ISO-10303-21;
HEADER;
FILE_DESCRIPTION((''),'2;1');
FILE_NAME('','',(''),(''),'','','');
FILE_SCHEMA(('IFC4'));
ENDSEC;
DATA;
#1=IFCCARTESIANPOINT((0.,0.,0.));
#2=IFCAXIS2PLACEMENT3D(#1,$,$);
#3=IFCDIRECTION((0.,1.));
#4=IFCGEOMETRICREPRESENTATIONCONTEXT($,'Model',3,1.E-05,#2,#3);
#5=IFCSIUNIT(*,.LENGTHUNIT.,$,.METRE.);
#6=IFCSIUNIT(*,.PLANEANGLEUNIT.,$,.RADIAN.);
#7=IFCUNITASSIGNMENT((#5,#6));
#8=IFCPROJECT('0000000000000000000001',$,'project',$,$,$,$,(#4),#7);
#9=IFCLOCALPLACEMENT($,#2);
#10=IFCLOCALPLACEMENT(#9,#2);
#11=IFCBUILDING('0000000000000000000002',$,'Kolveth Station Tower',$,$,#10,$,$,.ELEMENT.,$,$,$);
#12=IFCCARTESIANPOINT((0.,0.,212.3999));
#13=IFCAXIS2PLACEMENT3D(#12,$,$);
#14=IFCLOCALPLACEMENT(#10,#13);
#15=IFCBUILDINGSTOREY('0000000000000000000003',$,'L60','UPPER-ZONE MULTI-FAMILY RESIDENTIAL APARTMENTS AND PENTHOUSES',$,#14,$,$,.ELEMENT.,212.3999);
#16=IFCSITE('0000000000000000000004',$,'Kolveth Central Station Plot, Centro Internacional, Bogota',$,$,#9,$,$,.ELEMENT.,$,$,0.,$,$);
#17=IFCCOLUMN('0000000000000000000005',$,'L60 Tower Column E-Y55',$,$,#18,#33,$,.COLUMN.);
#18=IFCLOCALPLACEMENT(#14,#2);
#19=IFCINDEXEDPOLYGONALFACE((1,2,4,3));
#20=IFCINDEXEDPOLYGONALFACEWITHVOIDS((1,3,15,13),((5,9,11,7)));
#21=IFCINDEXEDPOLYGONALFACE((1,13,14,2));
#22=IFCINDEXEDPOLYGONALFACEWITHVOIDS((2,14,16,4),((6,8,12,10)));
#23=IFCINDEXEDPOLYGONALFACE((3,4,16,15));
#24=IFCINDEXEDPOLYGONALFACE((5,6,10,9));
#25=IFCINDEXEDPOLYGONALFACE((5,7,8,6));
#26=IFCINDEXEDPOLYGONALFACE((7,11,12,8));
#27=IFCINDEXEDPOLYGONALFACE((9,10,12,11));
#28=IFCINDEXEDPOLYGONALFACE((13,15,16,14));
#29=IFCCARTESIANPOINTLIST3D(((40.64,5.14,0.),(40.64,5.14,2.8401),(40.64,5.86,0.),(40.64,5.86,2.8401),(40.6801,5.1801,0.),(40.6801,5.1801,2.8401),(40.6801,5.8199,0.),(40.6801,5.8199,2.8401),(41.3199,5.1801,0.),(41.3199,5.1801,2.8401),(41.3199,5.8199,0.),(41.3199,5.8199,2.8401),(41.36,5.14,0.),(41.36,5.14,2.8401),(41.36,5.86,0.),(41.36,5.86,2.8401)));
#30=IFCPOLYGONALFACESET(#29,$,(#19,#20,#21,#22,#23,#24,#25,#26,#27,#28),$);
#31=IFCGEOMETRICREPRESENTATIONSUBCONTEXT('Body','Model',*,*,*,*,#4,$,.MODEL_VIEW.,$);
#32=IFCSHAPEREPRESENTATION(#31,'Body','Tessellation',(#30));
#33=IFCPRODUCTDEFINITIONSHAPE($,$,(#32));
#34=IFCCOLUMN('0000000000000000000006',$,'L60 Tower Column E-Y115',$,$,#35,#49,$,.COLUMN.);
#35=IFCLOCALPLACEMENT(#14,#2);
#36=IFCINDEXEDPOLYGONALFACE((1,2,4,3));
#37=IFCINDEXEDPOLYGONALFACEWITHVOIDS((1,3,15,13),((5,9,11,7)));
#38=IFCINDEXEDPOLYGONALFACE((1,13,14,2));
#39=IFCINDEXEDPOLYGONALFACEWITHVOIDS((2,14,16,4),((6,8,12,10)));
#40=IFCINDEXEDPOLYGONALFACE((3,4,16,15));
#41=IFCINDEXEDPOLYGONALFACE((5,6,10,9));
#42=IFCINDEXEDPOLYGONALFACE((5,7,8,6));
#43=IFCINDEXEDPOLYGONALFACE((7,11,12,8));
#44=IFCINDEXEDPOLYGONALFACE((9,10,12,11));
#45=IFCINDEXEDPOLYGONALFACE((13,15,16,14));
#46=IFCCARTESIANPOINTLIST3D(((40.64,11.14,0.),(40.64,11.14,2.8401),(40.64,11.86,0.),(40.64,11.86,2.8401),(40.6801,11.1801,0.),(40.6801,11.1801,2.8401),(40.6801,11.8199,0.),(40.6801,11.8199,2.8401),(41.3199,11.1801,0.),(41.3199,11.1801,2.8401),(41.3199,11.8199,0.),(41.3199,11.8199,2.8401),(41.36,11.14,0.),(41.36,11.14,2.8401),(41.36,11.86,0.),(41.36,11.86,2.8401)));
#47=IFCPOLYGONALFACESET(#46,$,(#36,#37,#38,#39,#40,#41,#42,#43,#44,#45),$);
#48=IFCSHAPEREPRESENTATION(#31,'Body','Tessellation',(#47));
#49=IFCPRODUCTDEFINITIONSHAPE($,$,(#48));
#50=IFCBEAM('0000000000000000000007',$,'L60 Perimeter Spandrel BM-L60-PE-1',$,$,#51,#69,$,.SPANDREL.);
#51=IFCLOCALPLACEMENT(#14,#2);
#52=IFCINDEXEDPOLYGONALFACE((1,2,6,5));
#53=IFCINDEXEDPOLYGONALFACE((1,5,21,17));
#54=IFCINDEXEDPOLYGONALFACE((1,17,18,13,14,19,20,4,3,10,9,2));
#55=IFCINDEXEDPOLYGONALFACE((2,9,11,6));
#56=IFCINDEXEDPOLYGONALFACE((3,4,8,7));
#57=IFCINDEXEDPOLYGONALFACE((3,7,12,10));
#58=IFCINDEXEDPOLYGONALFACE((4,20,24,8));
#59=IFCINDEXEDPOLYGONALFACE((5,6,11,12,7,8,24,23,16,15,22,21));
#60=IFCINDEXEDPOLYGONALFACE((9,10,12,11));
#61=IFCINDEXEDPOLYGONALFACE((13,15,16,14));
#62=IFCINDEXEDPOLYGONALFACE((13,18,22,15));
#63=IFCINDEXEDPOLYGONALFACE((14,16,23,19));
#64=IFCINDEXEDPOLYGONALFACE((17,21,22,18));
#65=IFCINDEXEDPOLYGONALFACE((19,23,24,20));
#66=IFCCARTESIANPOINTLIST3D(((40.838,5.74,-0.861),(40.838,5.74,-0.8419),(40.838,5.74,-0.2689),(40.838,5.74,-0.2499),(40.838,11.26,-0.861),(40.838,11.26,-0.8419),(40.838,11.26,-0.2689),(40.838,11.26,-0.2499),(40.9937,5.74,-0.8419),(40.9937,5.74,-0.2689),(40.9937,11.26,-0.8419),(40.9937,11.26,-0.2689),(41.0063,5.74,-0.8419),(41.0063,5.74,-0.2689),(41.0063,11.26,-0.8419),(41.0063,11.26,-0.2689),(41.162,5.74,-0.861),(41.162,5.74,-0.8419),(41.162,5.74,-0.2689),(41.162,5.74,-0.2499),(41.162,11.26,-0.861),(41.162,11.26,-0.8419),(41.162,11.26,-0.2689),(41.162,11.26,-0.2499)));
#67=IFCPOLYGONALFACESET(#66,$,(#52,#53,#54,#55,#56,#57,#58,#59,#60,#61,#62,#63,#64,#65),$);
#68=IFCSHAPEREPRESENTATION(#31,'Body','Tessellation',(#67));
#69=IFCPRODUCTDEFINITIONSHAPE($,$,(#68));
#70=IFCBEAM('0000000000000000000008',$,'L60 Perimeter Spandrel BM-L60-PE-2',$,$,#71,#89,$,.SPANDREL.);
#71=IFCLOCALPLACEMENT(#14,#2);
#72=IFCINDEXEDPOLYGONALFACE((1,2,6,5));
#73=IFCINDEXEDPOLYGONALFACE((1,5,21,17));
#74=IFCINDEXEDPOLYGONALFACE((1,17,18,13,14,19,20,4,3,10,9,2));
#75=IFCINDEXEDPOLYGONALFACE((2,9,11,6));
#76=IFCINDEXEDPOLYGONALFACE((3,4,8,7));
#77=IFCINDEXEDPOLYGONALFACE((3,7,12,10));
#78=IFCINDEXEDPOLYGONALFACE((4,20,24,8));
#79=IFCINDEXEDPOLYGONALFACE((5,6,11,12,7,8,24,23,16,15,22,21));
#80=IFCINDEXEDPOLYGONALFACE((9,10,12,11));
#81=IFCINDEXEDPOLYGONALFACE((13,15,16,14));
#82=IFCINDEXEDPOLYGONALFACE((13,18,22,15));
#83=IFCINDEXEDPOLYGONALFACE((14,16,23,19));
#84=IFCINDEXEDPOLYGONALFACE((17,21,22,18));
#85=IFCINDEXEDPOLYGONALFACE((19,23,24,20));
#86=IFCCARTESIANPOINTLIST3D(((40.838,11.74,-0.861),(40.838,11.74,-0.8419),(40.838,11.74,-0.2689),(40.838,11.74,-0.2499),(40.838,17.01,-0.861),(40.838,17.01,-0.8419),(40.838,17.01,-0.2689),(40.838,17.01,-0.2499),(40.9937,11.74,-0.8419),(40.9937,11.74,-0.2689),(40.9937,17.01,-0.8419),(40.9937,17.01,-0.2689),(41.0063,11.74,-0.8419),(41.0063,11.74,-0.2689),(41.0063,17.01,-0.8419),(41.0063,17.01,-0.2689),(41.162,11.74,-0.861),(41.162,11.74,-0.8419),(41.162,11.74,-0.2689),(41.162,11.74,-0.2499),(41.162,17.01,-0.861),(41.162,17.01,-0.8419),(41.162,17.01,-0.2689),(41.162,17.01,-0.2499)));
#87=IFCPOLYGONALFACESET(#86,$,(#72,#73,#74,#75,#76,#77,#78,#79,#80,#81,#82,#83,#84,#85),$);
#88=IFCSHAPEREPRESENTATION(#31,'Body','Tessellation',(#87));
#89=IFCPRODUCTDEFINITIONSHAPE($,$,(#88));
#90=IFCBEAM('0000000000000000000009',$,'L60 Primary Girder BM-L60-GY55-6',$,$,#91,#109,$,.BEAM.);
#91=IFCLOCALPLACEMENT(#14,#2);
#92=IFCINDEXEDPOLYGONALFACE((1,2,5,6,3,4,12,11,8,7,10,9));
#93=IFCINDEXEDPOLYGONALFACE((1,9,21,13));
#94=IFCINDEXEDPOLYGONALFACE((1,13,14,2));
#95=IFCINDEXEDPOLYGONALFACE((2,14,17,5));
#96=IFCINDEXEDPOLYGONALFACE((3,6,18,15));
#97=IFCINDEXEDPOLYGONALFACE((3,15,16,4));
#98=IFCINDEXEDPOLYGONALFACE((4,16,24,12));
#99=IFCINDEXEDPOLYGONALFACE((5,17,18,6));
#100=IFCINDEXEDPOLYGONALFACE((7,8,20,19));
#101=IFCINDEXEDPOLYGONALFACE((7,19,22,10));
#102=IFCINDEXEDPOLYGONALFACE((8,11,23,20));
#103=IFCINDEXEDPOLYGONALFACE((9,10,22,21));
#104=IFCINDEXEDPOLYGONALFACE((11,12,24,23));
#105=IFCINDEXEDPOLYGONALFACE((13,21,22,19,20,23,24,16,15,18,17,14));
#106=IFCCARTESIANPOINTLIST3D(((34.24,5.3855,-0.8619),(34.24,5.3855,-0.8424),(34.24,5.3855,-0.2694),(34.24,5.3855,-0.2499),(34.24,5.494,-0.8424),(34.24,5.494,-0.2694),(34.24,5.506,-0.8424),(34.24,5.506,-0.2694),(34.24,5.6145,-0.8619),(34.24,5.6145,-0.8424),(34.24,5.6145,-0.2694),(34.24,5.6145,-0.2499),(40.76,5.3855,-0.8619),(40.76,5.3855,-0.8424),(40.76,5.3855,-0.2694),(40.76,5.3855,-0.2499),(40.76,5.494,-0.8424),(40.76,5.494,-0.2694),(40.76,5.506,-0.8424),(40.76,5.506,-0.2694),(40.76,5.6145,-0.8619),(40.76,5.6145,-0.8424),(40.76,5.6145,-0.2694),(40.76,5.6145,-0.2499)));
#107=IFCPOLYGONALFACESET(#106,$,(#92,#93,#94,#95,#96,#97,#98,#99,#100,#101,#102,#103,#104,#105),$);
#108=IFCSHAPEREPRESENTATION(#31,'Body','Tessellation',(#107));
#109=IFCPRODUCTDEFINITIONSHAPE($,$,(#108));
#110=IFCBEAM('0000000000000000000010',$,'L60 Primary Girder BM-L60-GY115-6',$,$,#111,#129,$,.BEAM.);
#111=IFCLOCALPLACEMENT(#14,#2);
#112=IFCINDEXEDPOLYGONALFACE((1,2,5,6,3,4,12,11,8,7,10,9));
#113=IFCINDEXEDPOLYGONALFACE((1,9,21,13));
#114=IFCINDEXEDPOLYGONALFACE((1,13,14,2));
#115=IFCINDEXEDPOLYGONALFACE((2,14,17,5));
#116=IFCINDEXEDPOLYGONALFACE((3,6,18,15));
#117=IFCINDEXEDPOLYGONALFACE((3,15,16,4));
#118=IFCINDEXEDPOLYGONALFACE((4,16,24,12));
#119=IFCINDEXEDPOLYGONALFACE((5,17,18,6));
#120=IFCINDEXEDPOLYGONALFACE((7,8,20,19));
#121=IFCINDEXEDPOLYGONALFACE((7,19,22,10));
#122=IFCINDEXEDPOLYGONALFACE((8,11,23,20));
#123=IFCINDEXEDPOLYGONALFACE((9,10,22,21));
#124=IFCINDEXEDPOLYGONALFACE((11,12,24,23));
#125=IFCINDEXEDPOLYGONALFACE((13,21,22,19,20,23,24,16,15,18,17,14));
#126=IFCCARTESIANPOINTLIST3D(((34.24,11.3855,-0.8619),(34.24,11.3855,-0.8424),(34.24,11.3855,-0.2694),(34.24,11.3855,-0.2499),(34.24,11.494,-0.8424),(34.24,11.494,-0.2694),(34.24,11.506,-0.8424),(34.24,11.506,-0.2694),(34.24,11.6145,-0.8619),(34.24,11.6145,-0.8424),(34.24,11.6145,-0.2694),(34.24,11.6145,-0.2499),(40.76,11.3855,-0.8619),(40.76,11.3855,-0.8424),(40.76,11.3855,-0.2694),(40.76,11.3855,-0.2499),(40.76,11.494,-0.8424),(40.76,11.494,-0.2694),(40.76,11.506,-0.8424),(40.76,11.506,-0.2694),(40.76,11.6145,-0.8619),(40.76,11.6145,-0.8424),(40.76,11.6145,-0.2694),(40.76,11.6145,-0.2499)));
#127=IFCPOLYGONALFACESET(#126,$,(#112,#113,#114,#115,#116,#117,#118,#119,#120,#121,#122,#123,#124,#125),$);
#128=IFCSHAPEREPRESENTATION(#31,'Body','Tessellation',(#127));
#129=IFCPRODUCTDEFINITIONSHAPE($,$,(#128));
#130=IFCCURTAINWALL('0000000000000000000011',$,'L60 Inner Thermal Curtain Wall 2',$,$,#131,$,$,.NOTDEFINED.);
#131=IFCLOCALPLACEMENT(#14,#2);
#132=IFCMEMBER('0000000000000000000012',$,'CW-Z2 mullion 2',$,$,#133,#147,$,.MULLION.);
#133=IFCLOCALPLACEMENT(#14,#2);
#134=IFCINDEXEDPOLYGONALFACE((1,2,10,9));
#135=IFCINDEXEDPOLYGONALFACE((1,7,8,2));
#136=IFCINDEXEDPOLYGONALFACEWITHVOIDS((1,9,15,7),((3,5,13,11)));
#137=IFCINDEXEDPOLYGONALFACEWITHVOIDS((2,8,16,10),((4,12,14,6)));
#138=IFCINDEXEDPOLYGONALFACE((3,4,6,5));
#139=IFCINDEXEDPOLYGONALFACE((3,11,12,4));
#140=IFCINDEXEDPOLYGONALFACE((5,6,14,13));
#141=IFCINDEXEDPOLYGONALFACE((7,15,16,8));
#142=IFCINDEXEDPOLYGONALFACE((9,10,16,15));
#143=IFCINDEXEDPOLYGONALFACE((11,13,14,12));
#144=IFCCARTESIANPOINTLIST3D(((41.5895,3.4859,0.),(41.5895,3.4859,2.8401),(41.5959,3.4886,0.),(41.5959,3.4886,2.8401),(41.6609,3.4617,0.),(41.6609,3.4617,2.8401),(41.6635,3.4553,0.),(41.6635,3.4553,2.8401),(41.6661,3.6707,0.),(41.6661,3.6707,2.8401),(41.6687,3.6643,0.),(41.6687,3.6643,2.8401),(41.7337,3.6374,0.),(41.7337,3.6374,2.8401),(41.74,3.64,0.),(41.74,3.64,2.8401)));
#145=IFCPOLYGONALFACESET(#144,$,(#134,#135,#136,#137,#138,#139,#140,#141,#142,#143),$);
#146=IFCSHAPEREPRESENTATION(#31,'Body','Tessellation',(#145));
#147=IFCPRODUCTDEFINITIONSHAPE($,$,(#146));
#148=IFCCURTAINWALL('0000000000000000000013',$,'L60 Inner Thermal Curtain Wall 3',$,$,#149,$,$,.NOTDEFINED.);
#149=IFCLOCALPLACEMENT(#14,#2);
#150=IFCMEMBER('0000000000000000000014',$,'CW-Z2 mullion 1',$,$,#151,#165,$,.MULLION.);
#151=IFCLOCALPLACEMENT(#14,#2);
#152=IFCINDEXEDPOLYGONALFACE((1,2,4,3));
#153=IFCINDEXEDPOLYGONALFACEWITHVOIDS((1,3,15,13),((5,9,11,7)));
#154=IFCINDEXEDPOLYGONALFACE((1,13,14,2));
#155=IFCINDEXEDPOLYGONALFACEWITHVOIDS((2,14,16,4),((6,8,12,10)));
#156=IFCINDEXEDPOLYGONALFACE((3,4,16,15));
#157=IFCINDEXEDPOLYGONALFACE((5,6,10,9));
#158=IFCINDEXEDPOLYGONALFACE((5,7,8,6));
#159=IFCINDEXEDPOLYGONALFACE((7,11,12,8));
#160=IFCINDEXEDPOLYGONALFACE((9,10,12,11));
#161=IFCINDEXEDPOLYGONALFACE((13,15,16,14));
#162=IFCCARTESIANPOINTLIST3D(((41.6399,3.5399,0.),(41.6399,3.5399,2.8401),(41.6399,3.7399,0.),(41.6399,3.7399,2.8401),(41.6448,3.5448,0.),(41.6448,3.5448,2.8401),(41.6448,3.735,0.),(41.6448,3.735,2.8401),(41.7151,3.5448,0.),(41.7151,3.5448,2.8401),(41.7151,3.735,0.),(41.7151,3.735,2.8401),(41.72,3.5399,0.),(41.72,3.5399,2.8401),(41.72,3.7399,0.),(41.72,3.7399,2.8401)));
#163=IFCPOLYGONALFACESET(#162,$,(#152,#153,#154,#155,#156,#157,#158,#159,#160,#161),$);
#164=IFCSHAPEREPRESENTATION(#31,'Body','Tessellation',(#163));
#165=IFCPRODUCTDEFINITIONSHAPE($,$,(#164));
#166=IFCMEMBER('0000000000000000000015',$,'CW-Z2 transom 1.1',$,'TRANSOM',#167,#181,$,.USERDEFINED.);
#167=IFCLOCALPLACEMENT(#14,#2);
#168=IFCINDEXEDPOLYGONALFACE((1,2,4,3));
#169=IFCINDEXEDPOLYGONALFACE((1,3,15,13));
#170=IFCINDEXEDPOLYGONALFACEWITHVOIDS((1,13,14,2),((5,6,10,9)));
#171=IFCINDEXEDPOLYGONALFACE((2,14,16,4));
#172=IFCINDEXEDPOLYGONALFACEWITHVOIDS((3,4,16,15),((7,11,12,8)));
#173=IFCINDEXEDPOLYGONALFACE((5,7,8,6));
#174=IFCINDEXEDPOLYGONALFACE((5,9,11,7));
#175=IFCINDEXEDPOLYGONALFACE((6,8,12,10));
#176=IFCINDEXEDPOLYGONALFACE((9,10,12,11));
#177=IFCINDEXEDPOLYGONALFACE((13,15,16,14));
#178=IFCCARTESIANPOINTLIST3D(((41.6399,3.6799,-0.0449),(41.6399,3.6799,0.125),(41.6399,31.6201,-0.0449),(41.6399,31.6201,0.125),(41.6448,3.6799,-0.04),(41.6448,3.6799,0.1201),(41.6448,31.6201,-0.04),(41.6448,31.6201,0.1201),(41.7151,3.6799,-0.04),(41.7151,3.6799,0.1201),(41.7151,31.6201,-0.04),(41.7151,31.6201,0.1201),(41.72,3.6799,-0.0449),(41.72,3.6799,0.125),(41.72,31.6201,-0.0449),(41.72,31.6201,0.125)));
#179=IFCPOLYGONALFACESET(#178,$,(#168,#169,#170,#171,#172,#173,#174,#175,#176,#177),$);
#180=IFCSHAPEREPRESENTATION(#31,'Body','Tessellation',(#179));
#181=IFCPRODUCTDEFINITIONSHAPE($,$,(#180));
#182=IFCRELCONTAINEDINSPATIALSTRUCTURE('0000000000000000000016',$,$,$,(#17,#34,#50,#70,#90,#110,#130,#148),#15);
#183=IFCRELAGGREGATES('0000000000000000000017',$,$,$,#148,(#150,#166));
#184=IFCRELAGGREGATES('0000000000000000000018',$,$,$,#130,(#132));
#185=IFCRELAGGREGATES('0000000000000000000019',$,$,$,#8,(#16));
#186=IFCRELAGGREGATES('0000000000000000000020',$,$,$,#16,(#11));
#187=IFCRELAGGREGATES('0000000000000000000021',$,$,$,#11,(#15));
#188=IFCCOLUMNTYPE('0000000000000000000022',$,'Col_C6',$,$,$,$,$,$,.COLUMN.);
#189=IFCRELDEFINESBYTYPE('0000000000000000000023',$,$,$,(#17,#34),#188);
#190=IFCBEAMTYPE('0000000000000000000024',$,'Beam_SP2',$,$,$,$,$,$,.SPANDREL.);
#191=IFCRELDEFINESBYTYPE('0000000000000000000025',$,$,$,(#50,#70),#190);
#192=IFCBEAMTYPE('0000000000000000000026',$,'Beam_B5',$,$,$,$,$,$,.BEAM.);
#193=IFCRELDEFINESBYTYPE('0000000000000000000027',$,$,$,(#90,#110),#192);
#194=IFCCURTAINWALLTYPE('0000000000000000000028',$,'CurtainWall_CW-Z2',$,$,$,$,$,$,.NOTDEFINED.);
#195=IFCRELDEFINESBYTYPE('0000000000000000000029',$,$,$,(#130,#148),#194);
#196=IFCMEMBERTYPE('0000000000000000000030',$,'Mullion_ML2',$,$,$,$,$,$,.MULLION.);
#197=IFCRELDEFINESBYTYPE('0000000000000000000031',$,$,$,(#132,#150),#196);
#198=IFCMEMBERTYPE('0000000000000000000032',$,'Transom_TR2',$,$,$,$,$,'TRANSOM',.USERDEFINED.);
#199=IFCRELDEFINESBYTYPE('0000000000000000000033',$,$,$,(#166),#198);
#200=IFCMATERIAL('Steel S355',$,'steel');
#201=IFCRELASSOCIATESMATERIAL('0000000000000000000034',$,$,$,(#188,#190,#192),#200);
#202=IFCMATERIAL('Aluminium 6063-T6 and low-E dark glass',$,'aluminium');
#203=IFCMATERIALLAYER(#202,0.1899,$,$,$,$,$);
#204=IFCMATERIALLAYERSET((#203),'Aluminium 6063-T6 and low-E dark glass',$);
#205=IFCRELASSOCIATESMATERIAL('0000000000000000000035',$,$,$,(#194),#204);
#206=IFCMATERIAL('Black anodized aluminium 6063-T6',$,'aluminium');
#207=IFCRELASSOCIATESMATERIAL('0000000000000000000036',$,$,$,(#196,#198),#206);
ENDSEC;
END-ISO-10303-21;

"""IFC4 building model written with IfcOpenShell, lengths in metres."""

from ifc_helpers import new_model, si_unit, direction, frame, origin, origin_2d, place, context, subcontext, project, spatial, hollow_rectangle, i_section, extrude, source, transform, mapped, material, layer, layer_set, material_profile, profile_set, type_object, element, aggregate, save


model = new_model("IFC4")

# Units and contexts
model_context = context("Model", 3, precision=1e-05, world=origin(), true_north=direction((0.0, 1.0)))
body_context = subcontext(model_context, "Body", "Model", "MODEL_VIEW")
ifc_project = project(units=[si_unit("LENGTHUNIT", "METRE"), si_unit("PLANEANGLEUNIT", "RADIAN")], contexts=[model_context])

# Site, building, storey
site_placement = place(None, origin())
site = spatial("IfcSite", under=ifc_project, at=site_placement, Name="Kolveth Central Station Plot, Centro Internacional, Bogota", CompositionType="ELEMENT", RefElevation=0.0)
building_placement = place(site_placement, origin())
building = spatial("IfcBuilding", under=site, at=building_placement, Name="Kolveth Station Tower", CompositionType="ELEMENT")
storey_placement = place(building_placement, frame((0.0, 0.0, 212.3999)))
storey = spatial("IfcBuildingStorey", under=building, at=storey_placement, Name="L60", Description="UPPER-ZONE MULTI-FAMILY RESIDENTIAL APARTMENTS AND PENTHOUSES", CompositionType="ELEMENT", Elevation=212.3999)

# Columns
ifc_material_1 = material(Name="Steel S355", Category="steel")
ifc_material_profile_1 = material_profile(ifc_material_1, hollow_rectangle(XDim=0.72, YDim=0.72, WallThickness=0.04, at=origin_2d()), Name="BOX720x720x40")
ifc_profile_set_1 = profile_set([ifc_material_profile_1], Name="Steel S355")
column_type = type_object("IfcColumnType", Name="Col_C6", PredefinedType="COLUMN", material=ifc_profile_set_1)
shared_shape_1 = source(origin(), body_context, "Body", "SweptSolid", [
    extrude(hollow_rectangle(XDim=0.72, YDim=0.72, WallThickness=0.04, at=origin_2d()), origin(), (0.0, 0.0, 1.0), 2.8401),
])
for number, where, z_axis, x_axis, name in (
    (1, (41.0, 5.5, 0.0), (0.0, 0.0, 1.0), (1.0, 0.0, 0.0), "L60 Tower Column E-Y55"),
    (2, (41.0, 11.5, 0.0), (0.0, 0.0, 1.0), (1.0, 0.0, 0.0), "L60 Tower Column E-Y115"),
):
    element("IfcColumn", number, at=place(storey_placement, frame(where, z_axis=z_axis, x_axis=x_axis)), inside=storey, type_object=column_type, Name=name, PredefinedType="COLUMN", context=body_context, shape_type="MappedRepresentation", body=[
        mapped(shared_shape_1, transform((0.0, 0.0, 0.0), x_axis=(1.0, 0.0, 0.0), y_axis=(0.0, 1.0, 0.0), z_axis=(0.0, 0.0, 1.0), scale=1.0)),
    ])

# Beams
ifc_material_profile_2 = material_profile(ifc_material_1, i_section(OverallWidth=0.324, OverallDepth=0.6111, WebThickness=0.0127, FlangeThickness=0.019, at=origin_2d()), Name="W610x155")
ifc_profile_set_2 = profile_set([ifc_material_profile_2], Name="Steel S355")
beam_type_1 = type_object("IfcBeamType", Name="Beam_SP2", PredefinedType="SPANDREL", material=ifc_profile_set_2)
shared_shape_2 = source(origin(), body_context, "Body", "SweptSolid", [
    extrude(i_section(OverallWidth=0.324, OverallDepth=0.6111, WebThickness=0.0127, FlangeThickness=0.019, at=origin_2d()), origin(), (0.0, 0.0, 1.0), 5.52),
])
beam_1_placement = place(storey_placement, frame((41.0, 5.74, -0.5554), z_axis=(0.0, 1.0, 0.0), x_axis=(-1.0, 0.0, 0.0)))
element("IfcBeam", 3, at=beam_1_placement, inside=storey, type_object=beam_type_1, Name="L60 Perimeter Spandrel BM-L60-PE-1", PredefinedType="SPANDREL", context=body_context, shape_type="MappedRepresentation", body=[
    mapped(shared_shape_2, transform((0.0, 0.0, 0.0), x_axis=(1.0, 0.0, 0.0), y_axis=(0.0, 1.0, 0.0), z_axis=(0.0, 0.0, 1.0), scale=1.0)),
])
shared_shape_3 = source(origin(), body_context, "Body", "SweptSolid", [
    extrude(i_section(OverallWidth=0.324, OverallDepth=0.6111, WebThickness=0.0127, FlangeThickness=0.019, at=origin_2d()), origin(), (0.0, 0.0, 1.0), 5.27),
])
beam_2_placement = place(storey_placement, frame((41.0, 11.74, -0.5554), z_axis=(0.0, 1.0, 0.0), x_axis=(-1.0, 0.0, 0.0)))
element("IfcBeam", 4, at=beam_2_placement, inside=storey, type_object=beam_type_1, Name="L60 Perimeter Spandrel BM-L60-PE-2", PredefinedType="SPANDREL", context=body_context, shape_type="MappedRepresentation", body=[
    mapped(shared_shape_3, transform((0.0, 0.0, 0.0), x_axis=(1.0, 0.0, 0.0), y_axis=(0.0, 1.0, 0.0), z_axis=(0.0, 0.0, 1.0), scale=1.0)),
])
ifc_material_profile_3 = material_profile(ifc_material_1, i_section(OverallWidth=0.229, OverallDepth=0.6121, WebThickness=0.012, FlangeThickness=0.0195, at=origin_2d()), Name="W610x125")
ifc_profile_set_3 = profile_set([ifc_material_profile_3], Name="Steel S355")
beam_type_2 = type_object("IfcBeamType", Name="Beam_B5", PredefinedType="BEAM", material=ifc_profile_set_3)
shared_shape_4 = source(origin(), body_context, "Body", "SweptSolid", [
    extrude(i_section(OverallWidth=0.229, OverallDepth=0.6121, WebThickness=0.012, FlangeThickness=0.0195, at=origin_2d()), origin(), (0.0, 0.0, 1.0), 6.52),
])
for number, where, z_axis, x_axis, name in (
    (5, (34.24, 5.5, -0.5559), (1.0, 0.0, 0.0), (0.0, 1.0, 0.0), "L60 Primary Girder BM-L60-GY55-6"),
    (6, (34.24, 11.5, -0.5559), (1.0, 0.0, 0.0), (0.0, 1.0, 0.0), "L60 Primary Girder BM-L60-GY115-6"),
):
    element("IfcBeam", number, at=place(storey_placement, frame(where, z_axis=z_axis, x_axis=x_axis)), inside=storey, type_object=beam_type_2, Name=name, PredefinedType="BEAM", context=body_context, shape_type="MappedRepresentation", body=[
        mapped(shared_shape_4, transform((0.0, 0.0, 0.0), x_axis=(1.0, 0.0, 0.0), y_axis=(0.0, 1.0, 0.0), z_axis=(0.0, 0.0, 1.0), scale=1.0)),
    ])

# Curtain wall, member
ifc_material_2 = material(Name="Aluminium 6063-T6 and low-E dark glass", Category="aluminium")
ifc_layer_1 = layer(ifc_material_2, 0.1899)
ifc_layer_set_1 = layer_set([ifc_layer_1], Name="Aluminium 6063-T6 and low-E dark glass")
curtain_wall_type_1 = type_object("IfcCurtainWallType", Name="CurtainWall_CW-Z2", PredefinedType="NOTDEFINED", material=ifc_layer_set_1)
curtain_wall_1_placement = place(storey_placement, origin())
curtain_wall_1 = element("IfcCurtainWall", 7, at=curtain_wall_1_placement, inside=storey, type_object=curtain_wall_type_1, Name="L60 Inner Thermal Curtain Wall 2", PredefinedType="NOTDEFINED")
ifc_material_3 = material(Name="Black anodized aluminium 6063-T6", Category="aluminium")
ifc_material_profile_4 = material_profile(ifc_material_3, hollow_rectangle(XDim=0.0801, YDim=0.2, WallThickness=0.0049, at=origin_2d()), Name="ALU-80x200x5")
ifc_profile_set_4 = profile_set([ifc_material_profile_4], Name="Black anodized aluminium 6063-T6")
member_type_1 = type_object("IfcMemberType", Name="Mullion_ML2", PredefinedType="MULLION", material=ifc_profile_set_4)
shared_shape_5 = source(origin(), body_context, "Body", "SweptSolid", [
    extrude(hollow_rectangle(XDim=0.0801, YDim=0.2, WallThickness=0.0049, at=origin_2d()), origin(), (0.0, 0.0, 1.0), 2.8401),
])
member_1_placement = place(storey_placement, frame((41.6648, 3.563, 0.0), z_axis=(0.0, 0.0, 1.0), x_axis=(-0.923874, 0.382698, 0.0)))
member_1 = element("IfcMember", 8, at=member_1_placement, type_object=member_type_1, Name="CW-Z2 mullion 2", PredefinedType="MULLION", context=body_context, shape_type="MappedRepresentation", body=[
    mapped(shared_shape_5, transform((0.0, 0.0, 0.0), x_axis=(1.0, 0.0, 0.0), y_axis=(0.0, 1.0, 0.0), z_axis=(0.0, 0.0, 1.0), scale=1.0)),
])

# Curtain wall, members
curtain_wall_2_placement = place(storey_placement, origin())
curtain_wall_2 = element("IfcCurtainWall", 9, at=curtain_wall_2_placement, inside=storey, type_object=curtain_wall_type_1, Name="L60 Inner Thermal Curtain Wall 3", PredefinedType="NOTDEFINED")
member_2_placement = place(storey_placement, frame((41.6799, 3.6399, 0.0), z_axis=(0.0, 0.0, 1.0), x_axis=(-1.0, 0.0, 0.0)))
member_2 = element("IfcMember", 10, at=member_2_placement, type_object=member_type_1, Name="CW-Z2 mullion 1", PredefinedType="MULLION", context=body_context, shape_type="MappedRepresentation", body=[
    mapped(shared_shape_5, transform((0.0, 0.0, 0.0), x_axis=(1.0, 0.0, 0.0), y_axis=(0.0, 1.0, 0.0), z_axis=(0.0, 0.0, 1.0), scale=1.0)),
])
ifc_material_profile_5 = material_profile(ifc_material_3, hollow_rectangle(XDim=0.0801, YDim=0.1699, WallThickness=0.0049, at=origin_2d()), Name="ALU-80x170x5")
ifc_profile_set_5 = profile_set([ifc_material_profile_5], Name="Black anodized aluminium 6063-T6")
member_type_2 = type_object("IfcMemberType", Name="Transom_TR2", ElementType="TRANSOM", PredefinedType="USERDEFINED", material=ifc_profile_set_5)
shared_shape_6 = source(origin(), body_context, "Body", "SweptSolid", [
    extrude(hollow_rectangle(XDim=0.0801, YDim=0.1699, WallThickness=0.0049, at=origin_2d()), origin(), (0.0, 0.0, 1.0), 27.9402),
])
member_3_placement = place(storey_placement, frame((41.6799, 3.6799, 0.04), z_axis=(0.0, 1.0, 0.0), x_axis=(-1.0, 0.0, 0.0)))
member_3 = element("IfcMember", 11, at=member_3_placement, type_object=member_type_2, Name="CW-Z2 transom 1.1", ObjectType="TRANSOM", PredefinedType="USERDEFINED", context=body_context, shape_type="MappedRepresentation", body=[
    mapped(shared_shape_6, transform((0.0, 0.0, 0.0), x_axis=(1.0, 0.0, 0.0), y_axis=(0.0, 1.0, 0.0), z_axis=(0.0, 0.0, 1.0), scale=1.0)),
])
aggregate(curtain_wall_2, [member_2, member_3])

aggregate(curtain_wall_1, [member_1])

save(model, "model.ifc")
